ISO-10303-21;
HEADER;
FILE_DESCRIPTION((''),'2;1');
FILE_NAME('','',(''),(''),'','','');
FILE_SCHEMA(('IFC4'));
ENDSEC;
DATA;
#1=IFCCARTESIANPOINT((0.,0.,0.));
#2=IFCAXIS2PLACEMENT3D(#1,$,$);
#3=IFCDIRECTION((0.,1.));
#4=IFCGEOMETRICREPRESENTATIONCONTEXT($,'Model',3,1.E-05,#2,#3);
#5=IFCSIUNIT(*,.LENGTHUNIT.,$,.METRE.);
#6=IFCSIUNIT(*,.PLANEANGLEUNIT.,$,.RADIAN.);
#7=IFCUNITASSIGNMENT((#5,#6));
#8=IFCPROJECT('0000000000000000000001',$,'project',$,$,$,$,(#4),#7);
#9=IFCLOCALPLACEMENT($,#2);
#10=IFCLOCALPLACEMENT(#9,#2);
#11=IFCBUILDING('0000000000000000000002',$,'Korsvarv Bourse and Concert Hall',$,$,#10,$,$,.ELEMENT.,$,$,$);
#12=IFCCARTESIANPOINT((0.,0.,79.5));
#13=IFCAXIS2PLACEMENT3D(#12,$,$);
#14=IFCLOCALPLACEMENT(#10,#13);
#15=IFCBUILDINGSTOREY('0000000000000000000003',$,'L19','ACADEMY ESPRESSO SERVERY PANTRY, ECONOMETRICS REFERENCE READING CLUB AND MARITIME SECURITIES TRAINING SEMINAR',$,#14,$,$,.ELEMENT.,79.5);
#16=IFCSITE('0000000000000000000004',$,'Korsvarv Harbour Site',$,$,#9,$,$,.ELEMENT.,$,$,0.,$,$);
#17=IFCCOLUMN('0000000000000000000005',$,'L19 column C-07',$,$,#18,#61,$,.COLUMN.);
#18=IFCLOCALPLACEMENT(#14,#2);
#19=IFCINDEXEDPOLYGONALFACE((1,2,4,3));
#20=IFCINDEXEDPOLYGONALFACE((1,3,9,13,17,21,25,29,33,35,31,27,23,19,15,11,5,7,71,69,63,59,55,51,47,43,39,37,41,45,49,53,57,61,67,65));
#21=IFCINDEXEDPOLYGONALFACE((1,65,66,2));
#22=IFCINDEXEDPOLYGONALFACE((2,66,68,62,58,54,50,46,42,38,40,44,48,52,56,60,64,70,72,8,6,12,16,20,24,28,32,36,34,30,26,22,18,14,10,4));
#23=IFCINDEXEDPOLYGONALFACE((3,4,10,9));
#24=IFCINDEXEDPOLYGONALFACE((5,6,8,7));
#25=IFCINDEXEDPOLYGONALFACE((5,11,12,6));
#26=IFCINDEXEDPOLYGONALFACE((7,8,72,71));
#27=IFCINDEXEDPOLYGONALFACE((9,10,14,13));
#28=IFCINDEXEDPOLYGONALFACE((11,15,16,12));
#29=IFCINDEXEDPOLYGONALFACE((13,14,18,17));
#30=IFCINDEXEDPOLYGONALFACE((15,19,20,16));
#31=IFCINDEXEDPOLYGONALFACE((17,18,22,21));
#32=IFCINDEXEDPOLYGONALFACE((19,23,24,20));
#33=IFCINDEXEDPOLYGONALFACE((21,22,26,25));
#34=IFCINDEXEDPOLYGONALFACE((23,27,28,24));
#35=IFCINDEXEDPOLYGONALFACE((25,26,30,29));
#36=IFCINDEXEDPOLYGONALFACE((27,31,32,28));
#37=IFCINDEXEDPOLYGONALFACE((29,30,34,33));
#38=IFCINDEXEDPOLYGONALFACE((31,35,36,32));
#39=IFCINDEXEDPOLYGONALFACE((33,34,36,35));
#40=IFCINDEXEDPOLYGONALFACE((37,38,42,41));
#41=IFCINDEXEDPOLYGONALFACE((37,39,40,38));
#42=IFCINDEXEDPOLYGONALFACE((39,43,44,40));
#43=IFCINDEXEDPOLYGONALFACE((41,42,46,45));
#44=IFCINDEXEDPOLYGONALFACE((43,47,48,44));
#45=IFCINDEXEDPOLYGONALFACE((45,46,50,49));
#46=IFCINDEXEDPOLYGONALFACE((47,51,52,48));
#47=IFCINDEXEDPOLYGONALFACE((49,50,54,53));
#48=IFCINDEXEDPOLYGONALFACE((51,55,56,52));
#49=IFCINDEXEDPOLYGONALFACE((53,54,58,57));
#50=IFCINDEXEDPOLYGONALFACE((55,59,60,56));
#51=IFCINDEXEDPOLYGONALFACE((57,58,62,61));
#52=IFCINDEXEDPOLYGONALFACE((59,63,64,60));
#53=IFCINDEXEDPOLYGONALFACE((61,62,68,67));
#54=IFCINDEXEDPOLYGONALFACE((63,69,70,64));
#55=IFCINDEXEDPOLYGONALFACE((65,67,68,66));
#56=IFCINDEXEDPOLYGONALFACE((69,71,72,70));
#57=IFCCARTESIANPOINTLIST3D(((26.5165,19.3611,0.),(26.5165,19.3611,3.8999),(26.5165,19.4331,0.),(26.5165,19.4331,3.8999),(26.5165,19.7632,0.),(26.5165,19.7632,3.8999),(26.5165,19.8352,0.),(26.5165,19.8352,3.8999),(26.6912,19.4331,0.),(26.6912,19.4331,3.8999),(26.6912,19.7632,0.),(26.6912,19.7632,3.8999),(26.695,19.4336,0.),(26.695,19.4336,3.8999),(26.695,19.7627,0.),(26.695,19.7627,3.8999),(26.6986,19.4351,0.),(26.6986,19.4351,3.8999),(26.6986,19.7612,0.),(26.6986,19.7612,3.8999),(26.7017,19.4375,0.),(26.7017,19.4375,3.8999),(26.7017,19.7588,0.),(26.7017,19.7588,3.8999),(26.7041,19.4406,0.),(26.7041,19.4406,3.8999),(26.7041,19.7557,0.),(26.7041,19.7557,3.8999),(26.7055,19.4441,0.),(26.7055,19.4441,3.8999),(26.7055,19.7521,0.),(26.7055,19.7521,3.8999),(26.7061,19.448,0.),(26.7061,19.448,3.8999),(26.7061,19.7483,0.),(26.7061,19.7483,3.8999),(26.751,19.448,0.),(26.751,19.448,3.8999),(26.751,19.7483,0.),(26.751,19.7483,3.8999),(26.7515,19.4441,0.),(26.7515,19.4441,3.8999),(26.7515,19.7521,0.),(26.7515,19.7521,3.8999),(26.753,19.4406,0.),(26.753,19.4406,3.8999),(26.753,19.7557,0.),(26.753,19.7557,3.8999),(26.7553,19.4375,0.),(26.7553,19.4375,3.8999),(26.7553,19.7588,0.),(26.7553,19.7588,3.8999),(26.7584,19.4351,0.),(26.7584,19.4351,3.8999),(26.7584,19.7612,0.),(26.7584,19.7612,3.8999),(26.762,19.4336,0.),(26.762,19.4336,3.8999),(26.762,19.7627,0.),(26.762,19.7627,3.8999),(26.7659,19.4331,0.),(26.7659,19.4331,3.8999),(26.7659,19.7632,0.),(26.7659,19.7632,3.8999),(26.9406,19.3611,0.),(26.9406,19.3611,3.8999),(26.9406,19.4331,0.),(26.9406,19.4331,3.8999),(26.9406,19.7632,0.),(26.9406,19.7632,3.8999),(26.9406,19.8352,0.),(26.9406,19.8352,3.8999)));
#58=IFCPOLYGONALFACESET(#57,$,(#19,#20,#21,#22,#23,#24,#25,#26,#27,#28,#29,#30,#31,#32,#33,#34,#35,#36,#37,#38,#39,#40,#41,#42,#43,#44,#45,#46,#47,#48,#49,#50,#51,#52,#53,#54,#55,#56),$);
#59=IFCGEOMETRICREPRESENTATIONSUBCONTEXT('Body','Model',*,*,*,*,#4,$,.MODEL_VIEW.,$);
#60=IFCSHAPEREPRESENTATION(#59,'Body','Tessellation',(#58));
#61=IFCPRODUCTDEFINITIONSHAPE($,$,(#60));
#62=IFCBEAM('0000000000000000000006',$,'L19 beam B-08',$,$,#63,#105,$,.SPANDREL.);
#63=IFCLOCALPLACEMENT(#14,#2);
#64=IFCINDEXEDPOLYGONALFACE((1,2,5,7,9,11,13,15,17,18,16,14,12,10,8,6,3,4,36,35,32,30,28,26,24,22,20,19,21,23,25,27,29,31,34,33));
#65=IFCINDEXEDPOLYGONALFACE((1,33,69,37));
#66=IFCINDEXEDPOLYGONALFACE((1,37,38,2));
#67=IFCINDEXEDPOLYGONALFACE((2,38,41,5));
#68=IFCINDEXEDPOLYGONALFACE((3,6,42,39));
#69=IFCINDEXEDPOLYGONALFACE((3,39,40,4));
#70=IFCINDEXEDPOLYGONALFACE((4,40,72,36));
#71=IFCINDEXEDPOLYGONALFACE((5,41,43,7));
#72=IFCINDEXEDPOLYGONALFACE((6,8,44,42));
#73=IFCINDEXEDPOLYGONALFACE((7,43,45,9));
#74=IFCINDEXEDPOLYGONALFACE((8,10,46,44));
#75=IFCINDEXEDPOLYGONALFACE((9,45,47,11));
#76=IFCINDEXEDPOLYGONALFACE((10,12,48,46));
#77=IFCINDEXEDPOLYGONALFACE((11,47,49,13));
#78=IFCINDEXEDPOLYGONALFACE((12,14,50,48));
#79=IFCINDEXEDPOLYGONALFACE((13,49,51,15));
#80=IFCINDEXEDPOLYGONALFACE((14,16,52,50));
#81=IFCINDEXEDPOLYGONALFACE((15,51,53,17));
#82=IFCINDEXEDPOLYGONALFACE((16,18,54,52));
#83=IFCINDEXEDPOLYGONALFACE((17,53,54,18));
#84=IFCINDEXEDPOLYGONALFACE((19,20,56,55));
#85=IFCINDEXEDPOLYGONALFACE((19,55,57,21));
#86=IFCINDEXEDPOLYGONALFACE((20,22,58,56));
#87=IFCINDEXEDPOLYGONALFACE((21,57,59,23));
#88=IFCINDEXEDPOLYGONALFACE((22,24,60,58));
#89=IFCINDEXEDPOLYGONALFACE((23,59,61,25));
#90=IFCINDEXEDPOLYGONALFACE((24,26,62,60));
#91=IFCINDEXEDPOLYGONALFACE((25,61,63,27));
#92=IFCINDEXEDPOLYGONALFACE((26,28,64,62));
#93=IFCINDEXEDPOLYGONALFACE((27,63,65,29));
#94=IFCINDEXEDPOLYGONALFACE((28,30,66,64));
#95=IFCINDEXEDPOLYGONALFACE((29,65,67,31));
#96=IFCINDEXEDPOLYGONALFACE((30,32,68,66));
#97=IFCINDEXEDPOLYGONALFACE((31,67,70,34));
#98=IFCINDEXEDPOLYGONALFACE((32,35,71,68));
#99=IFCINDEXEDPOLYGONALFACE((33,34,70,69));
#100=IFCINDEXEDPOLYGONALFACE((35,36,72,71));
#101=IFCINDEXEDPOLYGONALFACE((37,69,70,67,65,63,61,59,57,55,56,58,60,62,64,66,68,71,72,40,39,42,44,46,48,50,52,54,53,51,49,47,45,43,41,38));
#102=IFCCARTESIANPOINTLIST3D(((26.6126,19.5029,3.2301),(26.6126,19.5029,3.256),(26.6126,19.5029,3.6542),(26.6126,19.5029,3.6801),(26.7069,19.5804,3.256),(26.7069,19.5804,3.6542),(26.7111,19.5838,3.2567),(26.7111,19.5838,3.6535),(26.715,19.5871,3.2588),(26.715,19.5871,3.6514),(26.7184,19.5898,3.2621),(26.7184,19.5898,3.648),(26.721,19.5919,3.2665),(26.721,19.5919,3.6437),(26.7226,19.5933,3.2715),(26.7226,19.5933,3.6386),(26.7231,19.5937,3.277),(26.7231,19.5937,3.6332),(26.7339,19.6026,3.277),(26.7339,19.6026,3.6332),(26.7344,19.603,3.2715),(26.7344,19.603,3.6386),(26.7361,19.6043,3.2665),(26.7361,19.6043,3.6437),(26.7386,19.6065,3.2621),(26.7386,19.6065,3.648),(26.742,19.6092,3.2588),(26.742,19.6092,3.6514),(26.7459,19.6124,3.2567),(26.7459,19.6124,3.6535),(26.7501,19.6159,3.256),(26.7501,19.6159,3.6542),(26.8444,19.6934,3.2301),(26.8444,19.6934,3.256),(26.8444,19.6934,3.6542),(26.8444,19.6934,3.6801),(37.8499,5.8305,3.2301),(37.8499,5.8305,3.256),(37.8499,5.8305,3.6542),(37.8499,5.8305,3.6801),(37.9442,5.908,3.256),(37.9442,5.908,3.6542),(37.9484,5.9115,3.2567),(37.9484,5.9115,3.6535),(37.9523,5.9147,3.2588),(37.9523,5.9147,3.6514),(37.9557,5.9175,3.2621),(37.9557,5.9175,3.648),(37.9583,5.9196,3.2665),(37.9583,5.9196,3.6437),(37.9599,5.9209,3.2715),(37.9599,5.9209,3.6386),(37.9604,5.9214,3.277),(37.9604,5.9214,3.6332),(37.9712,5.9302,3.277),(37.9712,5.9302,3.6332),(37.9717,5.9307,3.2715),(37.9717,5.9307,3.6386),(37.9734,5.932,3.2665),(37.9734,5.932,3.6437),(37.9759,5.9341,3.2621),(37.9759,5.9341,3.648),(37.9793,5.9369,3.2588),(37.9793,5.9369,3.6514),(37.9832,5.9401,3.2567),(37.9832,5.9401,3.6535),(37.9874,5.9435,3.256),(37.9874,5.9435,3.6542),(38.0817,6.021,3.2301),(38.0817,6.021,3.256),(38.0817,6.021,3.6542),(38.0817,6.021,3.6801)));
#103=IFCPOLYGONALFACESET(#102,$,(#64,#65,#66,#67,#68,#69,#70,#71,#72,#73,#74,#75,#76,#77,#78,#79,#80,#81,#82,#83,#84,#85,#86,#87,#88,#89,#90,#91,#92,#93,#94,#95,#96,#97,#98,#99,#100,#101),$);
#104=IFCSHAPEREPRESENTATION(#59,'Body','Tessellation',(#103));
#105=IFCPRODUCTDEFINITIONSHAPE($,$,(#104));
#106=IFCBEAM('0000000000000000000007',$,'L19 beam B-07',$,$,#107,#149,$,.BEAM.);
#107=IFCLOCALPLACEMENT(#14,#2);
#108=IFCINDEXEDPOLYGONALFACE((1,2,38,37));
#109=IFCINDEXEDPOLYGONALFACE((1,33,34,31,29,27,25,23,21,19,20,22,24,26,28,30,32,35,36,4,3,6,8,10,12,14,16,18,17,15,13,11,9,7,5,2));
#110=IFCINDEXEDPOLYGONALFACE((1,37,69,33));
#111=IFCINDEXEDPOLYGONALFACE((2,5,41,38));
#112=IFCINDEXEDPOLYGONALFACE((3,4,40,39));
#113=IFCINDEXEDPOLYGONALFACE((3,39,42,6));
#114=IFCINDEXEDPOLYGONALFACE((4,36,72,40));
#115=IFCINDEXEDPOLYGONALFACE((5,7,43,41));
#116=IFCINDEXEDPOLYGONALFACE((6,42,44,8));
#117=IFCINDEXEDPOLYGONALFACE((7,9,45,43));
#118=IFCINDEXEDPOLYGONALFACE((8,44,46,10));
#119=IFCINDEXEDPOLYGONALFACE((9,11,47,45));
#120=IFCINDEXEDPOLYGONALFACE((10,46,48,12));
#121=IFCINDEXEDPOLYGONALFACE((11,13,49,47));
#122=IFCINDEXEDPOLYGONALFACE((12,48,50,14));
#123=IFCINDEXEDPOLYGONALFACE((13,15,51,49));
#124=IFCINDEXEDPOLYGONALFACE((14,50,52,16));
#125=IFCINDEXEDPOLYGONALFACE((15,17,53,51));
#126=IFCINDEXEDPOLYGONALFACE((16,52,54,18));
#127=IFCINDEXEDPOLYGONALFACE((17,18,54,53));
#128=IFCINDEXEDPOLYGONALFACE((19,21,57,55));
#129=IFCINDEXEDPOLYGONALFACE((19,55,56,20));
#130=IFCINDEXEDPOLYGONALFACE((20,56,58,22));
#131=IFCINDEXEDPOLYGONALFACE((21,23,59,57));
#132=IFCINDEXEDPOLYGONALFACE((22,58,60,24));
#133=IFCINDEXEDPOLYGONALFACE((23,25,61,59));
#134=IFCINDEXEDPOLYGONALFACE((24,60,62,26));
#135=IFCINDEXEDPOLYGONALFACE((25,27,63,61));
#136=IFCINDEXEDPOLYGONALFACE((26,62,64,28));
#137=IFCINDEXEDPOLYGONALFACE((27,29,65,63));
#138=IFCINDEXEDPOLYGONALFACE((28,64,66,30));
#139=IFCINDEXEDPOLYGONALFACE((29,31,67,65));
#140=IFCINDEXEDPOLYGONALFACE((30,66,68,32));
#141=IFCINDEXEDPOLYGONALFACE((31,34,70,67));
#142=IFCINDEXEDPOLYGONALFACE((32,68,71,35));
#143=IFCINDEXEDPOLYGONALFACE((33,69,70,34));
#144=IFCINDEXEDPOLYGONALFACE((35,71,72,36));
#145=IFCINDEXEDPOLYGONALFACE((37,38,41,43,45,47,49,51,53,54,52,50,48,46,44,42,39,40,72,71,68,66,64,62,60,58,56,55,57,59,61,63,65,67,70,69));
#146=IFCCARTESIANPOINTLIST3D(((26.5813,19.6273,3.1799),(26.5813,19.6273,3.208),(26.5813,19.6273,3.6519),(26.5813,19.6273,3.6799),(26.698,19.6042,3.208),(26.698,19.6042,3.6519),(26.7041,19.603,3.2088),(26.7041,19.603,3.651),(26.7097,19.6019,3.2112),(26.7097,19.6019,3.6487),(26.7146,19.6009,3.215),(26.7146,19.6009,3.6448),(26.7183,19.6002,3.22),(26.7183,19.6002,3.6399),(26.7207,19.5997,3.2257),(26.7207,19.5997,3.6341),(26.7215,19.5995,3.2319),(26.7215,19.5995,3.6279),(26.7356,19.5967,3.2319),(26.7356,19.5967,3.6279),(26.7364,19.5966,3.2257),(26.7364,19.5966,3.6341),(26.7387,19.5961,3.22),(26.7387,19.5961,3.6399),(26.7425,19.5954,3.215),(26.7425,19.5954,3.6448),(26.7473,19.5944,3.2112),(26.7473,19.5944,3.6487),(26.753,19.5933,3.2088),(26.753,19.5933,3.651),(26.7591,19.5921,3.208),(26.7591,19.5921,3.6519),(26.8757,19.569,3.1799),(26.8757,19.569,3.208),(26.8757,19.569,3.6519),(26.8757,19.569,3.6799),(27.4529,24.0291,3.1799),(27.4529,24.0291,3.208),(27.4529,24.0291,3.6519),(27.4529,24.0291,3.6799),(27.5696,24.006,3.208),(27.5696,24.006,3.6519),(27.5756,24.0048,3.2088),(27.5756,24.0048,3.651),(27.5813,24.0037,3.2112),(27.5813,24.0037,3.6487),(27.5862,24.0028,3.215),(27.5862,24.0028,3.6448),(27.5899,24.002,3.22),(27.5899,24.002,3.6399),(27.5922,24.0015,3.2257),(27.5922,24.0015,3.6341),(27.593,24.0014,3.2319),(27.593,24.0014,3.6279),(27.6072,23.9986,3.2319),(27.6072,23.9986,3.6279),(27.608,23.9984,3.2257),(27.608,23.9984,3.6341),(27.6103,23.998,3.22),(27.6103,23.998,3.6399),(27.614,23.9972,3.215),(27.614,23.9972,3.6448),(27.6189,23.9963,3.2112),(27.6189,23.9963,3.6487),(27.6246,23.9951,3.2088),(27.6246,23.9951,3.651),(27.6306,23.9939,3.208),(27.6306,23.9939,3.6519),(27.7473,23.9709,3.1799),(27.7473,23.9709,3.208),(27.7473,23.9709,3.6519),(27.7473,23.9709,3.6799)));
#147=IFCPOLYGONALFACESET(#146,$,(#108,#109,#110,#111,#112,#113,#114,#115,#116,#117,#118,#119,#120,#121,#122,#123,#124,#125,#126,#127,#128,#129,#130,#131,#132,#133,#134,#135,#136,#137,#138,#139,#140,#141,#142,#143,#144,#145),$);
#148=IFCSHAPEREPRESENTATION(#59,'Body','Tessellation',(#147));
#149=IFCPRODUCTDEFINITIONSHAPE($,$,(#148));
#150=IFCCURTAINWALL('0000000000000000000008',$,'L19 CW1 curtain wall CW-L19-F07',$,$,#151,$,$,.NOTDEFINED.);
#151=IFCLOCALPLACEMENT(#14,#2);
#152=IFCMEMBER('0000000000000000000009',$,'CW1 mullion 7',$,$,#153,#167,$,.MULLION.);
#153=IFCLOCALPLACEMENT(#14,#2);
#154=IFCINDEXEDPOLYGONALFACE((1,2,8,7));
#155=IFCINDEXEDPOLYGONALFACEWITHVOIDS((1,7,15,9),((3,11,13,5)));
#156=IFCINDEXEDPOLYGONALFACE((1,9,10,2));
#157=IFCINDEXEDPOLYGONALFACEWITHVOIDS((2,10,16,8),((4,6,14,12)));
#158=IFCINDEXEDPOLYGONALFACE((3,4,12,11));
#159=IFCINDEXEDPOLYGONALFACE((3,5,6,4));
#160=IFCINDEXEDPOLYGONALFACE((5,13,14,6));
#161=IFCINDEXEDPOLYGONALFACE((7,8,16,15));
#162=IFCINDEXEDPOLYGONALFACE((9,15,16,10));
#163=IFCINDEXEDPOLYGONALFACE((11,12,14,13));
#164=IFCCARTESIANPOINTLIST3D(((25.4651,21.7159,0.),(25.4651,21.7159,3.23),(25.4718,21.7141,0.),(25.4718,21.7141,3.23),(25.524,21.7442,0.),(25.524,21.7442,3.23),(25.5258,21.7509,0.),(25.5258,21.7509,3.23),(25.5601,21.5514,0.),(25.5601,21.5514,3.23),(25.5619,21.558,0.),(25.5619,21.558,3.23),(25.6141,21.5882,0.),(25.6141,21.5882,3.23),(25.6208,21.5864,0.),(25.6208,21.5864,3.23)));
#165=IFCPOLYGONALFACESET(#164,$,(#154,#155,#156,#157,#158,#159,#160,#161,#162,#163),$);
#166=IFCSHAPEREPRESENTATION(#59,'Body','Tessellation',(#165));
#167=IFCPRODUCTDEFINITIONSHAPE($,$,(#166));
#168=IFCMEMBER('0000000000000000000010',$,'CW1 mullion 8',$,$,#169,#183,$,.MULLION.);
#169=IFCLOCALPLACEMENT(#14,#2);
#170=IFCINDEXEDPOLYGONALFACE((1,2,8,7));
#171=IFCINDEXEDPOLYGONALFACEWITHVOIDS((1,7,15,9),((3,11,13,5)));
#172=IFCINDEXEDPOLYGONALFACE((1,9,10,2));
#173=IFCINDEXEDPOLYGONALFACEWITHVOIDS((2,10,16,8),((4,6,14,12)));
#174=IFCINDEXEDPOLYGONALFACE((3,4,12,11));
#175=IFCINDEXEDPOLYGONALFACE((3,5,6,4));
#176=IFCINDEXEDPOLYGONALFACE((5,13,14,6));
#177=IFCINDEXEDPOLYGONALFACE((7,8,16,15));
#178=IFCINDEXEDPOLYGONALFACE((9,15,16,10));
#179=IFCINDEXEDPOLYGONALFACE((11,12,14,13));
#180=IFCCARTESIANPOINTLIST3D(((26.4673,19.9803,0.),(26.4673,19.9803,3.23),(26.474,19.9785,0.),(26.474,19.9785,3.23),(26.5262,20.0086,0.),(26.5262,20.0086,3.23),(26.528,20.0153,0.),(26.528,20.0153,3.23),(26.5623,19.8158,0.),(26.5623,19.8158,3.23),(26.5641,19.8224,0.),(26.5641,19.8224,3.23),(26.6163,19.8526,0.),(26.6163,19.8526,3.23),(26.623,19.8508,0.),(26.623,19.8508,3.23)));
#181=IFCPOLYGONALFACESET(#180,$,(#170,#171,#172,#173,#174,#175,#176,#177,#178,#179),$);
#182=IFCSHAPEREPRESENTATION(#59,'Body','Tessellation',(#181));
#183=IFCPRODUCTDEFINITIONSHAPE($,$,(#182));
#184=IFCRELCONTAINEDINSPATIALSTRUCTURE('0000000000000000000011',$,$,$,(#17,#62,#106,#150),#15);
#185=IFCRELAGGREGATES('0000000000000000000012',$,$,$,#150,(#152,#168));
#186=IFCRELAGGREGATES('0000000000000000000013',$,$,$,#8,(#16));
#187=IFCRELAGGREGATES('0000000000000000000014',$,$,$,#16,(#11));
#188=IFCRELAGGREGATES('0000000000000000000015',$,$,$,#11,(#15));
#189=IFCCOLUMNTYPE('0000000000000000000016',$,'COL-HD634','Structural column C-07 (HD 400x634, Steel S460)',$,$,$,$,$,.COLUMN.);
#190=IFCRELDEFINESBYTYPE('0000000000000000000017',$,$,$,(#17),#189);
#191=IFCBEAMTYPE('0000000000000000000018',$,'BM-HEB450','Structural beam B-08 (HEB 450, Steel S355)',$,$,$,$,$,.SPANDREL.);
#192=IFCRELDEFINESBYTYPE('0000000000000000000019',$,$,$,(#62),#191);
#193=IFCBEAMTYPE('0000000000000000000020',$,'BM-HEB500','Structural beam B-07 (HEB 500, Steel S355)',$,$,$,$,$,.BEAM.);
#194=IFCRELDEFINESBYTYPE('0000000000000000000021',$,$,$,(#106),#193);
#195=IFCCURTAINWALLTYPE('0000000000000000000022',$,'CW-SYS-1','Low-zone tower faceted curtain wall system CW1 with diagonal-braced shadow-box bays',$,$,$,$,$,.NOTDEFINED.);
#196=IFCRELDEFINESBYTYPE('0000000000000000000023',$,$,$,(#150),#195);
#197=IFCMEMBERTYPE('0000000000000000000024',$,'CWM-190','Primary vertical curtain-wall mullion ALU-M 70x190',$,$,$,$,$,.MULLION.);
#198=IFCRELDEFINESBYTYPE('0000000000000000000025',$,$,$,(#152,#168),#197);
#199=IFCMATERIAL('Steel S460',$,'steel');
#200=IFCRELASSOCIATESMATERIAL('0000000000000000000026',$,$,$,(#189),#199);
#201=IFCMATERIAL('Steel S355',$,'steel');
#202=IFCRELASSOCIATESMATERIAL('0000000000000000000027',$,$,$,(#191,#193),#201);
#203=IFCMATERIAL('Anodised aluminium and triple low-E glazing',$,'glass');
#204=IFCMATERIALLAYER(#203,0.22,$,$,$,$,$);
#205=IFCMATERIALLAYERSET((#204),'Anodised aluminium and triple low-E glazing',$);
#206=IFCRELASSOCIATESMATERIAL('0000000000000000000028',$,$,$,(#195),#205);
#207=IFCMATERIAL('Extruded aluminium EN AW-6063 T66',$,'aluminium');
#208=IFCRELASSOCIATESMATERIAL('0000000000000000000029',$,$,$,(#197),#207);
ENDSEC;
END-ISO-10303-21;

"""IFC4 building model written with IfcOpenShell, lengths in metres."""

from ifc_helpers import new_model, si_unit, direction, frame, origin, origin_2d, place, context, subcontext, project, spatial, hollow_rectangle, i_section, extrude, source, transform, mapped, material, layer, layer_set, material_profile, profile_set, type_object, element, aggregate, save


model = new_model("IFC4")

# Units and contexts
model_context = context("Model", 3, precision=1e-05, world=origin(), true_north=direction((0.0, 1.0)))
body_context = subcontext(model_context, "Body", "Model", "MODEL_VIEW")
ifc_project = project(units=[si_unit("LENGTHUNIT", "METRE"), si_unit("PLANEANGLEUNIT", "RADIAN")], contexts=[model_context])

# Site, building, storey
site_placement = place(None, origin())
site = spatial("IfcSite", under=ifc_project, at=site_placement, Name="Korsvarv Harbour Site", CompositionType="ELEMENT", RefElevation=0.0)
building_placement = place(site_placement, origin())
building = spatial("IfcBuilding", under=site, at=building_placement, Name="Korsvarv Bourse and Concert Hall", CompositionType="ELEMENT")
storey_placement = place(building_placement, frame((0.0, 0.0, 79.5)))
storey = spatial("IfcBuildingStorey", under=building, at=storey_placement, Name="L19", Description="ACADEMY ESPRESSO SERVERY PANTRY, ECONOMETRICS REFERENCE READING CLUB AND MARITIME SECURITIES TRAINING SEMINAR", CompositionType="ELEMENT", Elevation=79.5)

# Column
ifc_material_1 = material(Name="Steel S460", Category="steel")
ifc_material_profile_1 = material_profile(ifc_material_1, i_section(OverallWidth=0.4241, OverallDepth=0.4741, WebThickness=0.0449, FlangeThickness=0.072, FilletRadius=0.0149, at=origin_2d()), Name="HD 400x634")
ifc_profile_set_1 = profile_set([ifc_material_profile_1], Name="Steel S460")
column_type = type_object("IfcColumnType", Name="COL-HD634", Description="Structural column C-07 (HD 400x634, Steel S460)", PredefinedType="COLUMN", material=ifc_profile_set_1)
shared_shape_1 = source(origin(), body_context, "Body", "SweptSolid", [
    extrude(i_section(OverallWidth=0.4241, OverallDepth=0.4741, WebThickness=0.0449, FlangeThickness=0.072, FilletRadius=0.0149, at=origin_2d()), origin(), (0.0, 0.0, 1.0), 3.8999),
])
column_placement = place(storey_placement, frame((26.7285, 19.5981, 0.0), z_axis=(0.0, 0.0, 1.0), x_axis=(1.0, 0.0, 0.0)))
element("IfcColumn", 1, at=column_placement, inside=storey, type_object=column_type, Name="L19 column C-07", PredefinedType="COLUMN", context=body_context, shape_type="MappedRepresentation", body=[
    mapped(shared_shape_1, transform((0.0, 0.0, 0.0), scale=1.0)),
])

# Beams
ifc_material_2 = material(Name="Steel S355", Category="steel")
ifc_material_profile_2 = material_profile(ifc_material_2, i_section(OverallWidth=0.3, OverallDepth=0.45, WebThickness=0.0139, FlangeThickness=0.0259, FilletRadius=0.021, at=origin_2d()), Name="HEB 450")
ifc_profile_set_2 = profile_set([ifc_material_profile_2], Name="Steel S355")
beam_type_1 = type_object("IfcBeamType", Name="BM-HEB450", Description="Structural beam B-08 (HEB 450, Steel S355)", PredefinedType="SPANDREL", material=ifc_profile_set_2)
shared_shape_2 = source(origin(), body_context, "Body", "SweptSolid", [
    extrude(i_section(OverallWidth=0.3, OverallDepth=0.45, WebThickness=0.0139, FlangeThickness=0.0259, FilletRadius=0.021, at=origin_2d()), origin(), (0.0, 0.0, 1.0), 17.6978),
])
beam_1_placement = place(storey_placement, frame((26.7285, 19.5981, 3.4551), z_axis=(0.634957, -0.772548, 0.0), x_axis=(0.772548, 0.634957, 0.0)))
element("IfcBeam", 2, at=beam_1_placement, inside=storey, type_object=beam_type_1, Name="L19 beam B-08", PredefinedType="SPANDREL", context=body_context, shape_type="MappedRepresentation", body=[
    mapped(shared_shape_2, transform((0.0, 0.0, 0.0), scale=1.0)),
])
ifc_material_profile_3 = material_profile(ifc_material_2, i_section(OverallWidth=0.3, OverallDepth=0.5, WebThickness=0.0144, FlangeThickness=0.0281, FilletRadius=0.0239, at=origin_2d()), Name="HEB 500")
ifc_profile_set_3 = profile_set([ifc_material_profile_3], Name="Steel S355")
beam_type_2 = type_object("IfcBeamType", Name="BM-HEB500", Description="Structural beam B-07 (HEB 500, Steel S355)", PredefinedType="BEAM", material=ifc_profile_set_3)
shared_shape_3 = source(origin(), body_context, "Body", "SweptSolid", [
    extrude(i_section(OverallWidth=0.3, OverallDepth=0.5, WebThickness=0.0144, FlangeThickness=0.0281, FilletRadius=0.0239, at=origin_2d()), origin(), (0.0, 0.0, 1.0), 4.4873),
])
beam_2_placement = place(storey_placement, frame((26.7285, 19.5981, 3.4299), z_axis=(0.194232, 0.980956, 0.0), x_axis=(-0.980956, 0.194232, 0.0)))
element("IfcBeam", 3, at=beam_2_placement, inside=storey, type_object=beam_type_2, Name="L19 beam B-07", PredefinedType="BEAM", context=body_context, shape_type="MappedRepresentation", body=[
    mapped(shared_shape_3, transform((0.0, 0.0, 0.0), scale=1.0)),
])

# Curtain wall, members
ifc_material_3 = material(Name="Anodised aluminium and triple low-E glazing", Category="glass")
ifc_layer_1 = layer(ifc_material_3, 0.22)
ifc_layer_set_1 = layer_set([ifc_layer_1], Name="Anodised aluminium and triple low-E glazing")
curtain_wall_type = type_object("IfcCurtainWallType", Name="CW-SYS-1", Description="Low-zone tower faceted curtain wall system CW1 with diagonal-braced shadow-box bays", PredefinedType="NOTDEFINED", material=ifc_layer_set_1)
curtain_wall_placement = place(storey_placement, origin())
curtain_wall = element("IfcCurtainWall", 4, at=curtain_wall_placement, inside=storey, type_object=curtain_wall_type, Name="L19 CW1 curtain wall CW-L19-F07", PredefinedType="NOTDEFINED")
ifc_material_4 = material(Name="Extruded aluminium EN AW-6063 T66", Category="aluminium")
ifc_material_profile_4 = material_profile(ifc_material_4, hollow_rectangle(XDim=0.0701, YDim=0.1899, WallThickness=0.0049, at=origin_2d()), Name="ALU-M 70x190")
ifc_profile_set_4 = profile_set([ifc_material_profile_4], Name="Extruded aluminium EN AW-6063 T66")
member_type_1 = type_object("IfcMemberType", Name="CWM-190", Description="Primary vertical curtain-wall mullion ALU-M 70x190", PredefinedType="MULLION", material=ifc_profile_set_4)
shared_shape_4 = source(origin(), body_context, "Body", "SweptSolid", [
    extrude(hollow_rectangle(XDim=0.0701, YDim=0.1899, WallThickness=0.0049, at=origin_2d()), origin(), (0.0, 0.0, 1.0), 3.23),
])
member_1_placement = place(storey_placement, frame((25.543, 21.6511, 0.0), z_axis=(0.0, 0.0, 1.0), x_axis=(0.866024, 0.500002, 0.0)))
member_1 = element("IfcMember", 5, at=member_1_placement, type_object=member_type_1, Name="CW1 mullion 7", PredefinedType="MULLION", context=body_context, shape_type="MappedRepresentation", body=[
    mapped(shared_shape_4, transform((0.0, 0.0, 0.0), scale=1.0)),
])
member_2_placement = place(storey_placement, frame((26.5452, 19.9155, 0.0), z_axis=(0.0, 0.0, 1.0), x_axis=(0.866024, 0.500002, 0.0)))
member_2 = element("IfcMember", 6, at=member_2_placement, type_object=member_type_1, Name="CW1 mullion 8", PredefinedType="MULLION", context=body_context, shape_type="MappedRepresentation", body=[
    mapped(shared_shape_4, transform((0.0, 0.0, 0.0), scale=1.0)),
])
aggregate(curtain_wall, [member_1, member_2])

save(model, "model.ifc")
